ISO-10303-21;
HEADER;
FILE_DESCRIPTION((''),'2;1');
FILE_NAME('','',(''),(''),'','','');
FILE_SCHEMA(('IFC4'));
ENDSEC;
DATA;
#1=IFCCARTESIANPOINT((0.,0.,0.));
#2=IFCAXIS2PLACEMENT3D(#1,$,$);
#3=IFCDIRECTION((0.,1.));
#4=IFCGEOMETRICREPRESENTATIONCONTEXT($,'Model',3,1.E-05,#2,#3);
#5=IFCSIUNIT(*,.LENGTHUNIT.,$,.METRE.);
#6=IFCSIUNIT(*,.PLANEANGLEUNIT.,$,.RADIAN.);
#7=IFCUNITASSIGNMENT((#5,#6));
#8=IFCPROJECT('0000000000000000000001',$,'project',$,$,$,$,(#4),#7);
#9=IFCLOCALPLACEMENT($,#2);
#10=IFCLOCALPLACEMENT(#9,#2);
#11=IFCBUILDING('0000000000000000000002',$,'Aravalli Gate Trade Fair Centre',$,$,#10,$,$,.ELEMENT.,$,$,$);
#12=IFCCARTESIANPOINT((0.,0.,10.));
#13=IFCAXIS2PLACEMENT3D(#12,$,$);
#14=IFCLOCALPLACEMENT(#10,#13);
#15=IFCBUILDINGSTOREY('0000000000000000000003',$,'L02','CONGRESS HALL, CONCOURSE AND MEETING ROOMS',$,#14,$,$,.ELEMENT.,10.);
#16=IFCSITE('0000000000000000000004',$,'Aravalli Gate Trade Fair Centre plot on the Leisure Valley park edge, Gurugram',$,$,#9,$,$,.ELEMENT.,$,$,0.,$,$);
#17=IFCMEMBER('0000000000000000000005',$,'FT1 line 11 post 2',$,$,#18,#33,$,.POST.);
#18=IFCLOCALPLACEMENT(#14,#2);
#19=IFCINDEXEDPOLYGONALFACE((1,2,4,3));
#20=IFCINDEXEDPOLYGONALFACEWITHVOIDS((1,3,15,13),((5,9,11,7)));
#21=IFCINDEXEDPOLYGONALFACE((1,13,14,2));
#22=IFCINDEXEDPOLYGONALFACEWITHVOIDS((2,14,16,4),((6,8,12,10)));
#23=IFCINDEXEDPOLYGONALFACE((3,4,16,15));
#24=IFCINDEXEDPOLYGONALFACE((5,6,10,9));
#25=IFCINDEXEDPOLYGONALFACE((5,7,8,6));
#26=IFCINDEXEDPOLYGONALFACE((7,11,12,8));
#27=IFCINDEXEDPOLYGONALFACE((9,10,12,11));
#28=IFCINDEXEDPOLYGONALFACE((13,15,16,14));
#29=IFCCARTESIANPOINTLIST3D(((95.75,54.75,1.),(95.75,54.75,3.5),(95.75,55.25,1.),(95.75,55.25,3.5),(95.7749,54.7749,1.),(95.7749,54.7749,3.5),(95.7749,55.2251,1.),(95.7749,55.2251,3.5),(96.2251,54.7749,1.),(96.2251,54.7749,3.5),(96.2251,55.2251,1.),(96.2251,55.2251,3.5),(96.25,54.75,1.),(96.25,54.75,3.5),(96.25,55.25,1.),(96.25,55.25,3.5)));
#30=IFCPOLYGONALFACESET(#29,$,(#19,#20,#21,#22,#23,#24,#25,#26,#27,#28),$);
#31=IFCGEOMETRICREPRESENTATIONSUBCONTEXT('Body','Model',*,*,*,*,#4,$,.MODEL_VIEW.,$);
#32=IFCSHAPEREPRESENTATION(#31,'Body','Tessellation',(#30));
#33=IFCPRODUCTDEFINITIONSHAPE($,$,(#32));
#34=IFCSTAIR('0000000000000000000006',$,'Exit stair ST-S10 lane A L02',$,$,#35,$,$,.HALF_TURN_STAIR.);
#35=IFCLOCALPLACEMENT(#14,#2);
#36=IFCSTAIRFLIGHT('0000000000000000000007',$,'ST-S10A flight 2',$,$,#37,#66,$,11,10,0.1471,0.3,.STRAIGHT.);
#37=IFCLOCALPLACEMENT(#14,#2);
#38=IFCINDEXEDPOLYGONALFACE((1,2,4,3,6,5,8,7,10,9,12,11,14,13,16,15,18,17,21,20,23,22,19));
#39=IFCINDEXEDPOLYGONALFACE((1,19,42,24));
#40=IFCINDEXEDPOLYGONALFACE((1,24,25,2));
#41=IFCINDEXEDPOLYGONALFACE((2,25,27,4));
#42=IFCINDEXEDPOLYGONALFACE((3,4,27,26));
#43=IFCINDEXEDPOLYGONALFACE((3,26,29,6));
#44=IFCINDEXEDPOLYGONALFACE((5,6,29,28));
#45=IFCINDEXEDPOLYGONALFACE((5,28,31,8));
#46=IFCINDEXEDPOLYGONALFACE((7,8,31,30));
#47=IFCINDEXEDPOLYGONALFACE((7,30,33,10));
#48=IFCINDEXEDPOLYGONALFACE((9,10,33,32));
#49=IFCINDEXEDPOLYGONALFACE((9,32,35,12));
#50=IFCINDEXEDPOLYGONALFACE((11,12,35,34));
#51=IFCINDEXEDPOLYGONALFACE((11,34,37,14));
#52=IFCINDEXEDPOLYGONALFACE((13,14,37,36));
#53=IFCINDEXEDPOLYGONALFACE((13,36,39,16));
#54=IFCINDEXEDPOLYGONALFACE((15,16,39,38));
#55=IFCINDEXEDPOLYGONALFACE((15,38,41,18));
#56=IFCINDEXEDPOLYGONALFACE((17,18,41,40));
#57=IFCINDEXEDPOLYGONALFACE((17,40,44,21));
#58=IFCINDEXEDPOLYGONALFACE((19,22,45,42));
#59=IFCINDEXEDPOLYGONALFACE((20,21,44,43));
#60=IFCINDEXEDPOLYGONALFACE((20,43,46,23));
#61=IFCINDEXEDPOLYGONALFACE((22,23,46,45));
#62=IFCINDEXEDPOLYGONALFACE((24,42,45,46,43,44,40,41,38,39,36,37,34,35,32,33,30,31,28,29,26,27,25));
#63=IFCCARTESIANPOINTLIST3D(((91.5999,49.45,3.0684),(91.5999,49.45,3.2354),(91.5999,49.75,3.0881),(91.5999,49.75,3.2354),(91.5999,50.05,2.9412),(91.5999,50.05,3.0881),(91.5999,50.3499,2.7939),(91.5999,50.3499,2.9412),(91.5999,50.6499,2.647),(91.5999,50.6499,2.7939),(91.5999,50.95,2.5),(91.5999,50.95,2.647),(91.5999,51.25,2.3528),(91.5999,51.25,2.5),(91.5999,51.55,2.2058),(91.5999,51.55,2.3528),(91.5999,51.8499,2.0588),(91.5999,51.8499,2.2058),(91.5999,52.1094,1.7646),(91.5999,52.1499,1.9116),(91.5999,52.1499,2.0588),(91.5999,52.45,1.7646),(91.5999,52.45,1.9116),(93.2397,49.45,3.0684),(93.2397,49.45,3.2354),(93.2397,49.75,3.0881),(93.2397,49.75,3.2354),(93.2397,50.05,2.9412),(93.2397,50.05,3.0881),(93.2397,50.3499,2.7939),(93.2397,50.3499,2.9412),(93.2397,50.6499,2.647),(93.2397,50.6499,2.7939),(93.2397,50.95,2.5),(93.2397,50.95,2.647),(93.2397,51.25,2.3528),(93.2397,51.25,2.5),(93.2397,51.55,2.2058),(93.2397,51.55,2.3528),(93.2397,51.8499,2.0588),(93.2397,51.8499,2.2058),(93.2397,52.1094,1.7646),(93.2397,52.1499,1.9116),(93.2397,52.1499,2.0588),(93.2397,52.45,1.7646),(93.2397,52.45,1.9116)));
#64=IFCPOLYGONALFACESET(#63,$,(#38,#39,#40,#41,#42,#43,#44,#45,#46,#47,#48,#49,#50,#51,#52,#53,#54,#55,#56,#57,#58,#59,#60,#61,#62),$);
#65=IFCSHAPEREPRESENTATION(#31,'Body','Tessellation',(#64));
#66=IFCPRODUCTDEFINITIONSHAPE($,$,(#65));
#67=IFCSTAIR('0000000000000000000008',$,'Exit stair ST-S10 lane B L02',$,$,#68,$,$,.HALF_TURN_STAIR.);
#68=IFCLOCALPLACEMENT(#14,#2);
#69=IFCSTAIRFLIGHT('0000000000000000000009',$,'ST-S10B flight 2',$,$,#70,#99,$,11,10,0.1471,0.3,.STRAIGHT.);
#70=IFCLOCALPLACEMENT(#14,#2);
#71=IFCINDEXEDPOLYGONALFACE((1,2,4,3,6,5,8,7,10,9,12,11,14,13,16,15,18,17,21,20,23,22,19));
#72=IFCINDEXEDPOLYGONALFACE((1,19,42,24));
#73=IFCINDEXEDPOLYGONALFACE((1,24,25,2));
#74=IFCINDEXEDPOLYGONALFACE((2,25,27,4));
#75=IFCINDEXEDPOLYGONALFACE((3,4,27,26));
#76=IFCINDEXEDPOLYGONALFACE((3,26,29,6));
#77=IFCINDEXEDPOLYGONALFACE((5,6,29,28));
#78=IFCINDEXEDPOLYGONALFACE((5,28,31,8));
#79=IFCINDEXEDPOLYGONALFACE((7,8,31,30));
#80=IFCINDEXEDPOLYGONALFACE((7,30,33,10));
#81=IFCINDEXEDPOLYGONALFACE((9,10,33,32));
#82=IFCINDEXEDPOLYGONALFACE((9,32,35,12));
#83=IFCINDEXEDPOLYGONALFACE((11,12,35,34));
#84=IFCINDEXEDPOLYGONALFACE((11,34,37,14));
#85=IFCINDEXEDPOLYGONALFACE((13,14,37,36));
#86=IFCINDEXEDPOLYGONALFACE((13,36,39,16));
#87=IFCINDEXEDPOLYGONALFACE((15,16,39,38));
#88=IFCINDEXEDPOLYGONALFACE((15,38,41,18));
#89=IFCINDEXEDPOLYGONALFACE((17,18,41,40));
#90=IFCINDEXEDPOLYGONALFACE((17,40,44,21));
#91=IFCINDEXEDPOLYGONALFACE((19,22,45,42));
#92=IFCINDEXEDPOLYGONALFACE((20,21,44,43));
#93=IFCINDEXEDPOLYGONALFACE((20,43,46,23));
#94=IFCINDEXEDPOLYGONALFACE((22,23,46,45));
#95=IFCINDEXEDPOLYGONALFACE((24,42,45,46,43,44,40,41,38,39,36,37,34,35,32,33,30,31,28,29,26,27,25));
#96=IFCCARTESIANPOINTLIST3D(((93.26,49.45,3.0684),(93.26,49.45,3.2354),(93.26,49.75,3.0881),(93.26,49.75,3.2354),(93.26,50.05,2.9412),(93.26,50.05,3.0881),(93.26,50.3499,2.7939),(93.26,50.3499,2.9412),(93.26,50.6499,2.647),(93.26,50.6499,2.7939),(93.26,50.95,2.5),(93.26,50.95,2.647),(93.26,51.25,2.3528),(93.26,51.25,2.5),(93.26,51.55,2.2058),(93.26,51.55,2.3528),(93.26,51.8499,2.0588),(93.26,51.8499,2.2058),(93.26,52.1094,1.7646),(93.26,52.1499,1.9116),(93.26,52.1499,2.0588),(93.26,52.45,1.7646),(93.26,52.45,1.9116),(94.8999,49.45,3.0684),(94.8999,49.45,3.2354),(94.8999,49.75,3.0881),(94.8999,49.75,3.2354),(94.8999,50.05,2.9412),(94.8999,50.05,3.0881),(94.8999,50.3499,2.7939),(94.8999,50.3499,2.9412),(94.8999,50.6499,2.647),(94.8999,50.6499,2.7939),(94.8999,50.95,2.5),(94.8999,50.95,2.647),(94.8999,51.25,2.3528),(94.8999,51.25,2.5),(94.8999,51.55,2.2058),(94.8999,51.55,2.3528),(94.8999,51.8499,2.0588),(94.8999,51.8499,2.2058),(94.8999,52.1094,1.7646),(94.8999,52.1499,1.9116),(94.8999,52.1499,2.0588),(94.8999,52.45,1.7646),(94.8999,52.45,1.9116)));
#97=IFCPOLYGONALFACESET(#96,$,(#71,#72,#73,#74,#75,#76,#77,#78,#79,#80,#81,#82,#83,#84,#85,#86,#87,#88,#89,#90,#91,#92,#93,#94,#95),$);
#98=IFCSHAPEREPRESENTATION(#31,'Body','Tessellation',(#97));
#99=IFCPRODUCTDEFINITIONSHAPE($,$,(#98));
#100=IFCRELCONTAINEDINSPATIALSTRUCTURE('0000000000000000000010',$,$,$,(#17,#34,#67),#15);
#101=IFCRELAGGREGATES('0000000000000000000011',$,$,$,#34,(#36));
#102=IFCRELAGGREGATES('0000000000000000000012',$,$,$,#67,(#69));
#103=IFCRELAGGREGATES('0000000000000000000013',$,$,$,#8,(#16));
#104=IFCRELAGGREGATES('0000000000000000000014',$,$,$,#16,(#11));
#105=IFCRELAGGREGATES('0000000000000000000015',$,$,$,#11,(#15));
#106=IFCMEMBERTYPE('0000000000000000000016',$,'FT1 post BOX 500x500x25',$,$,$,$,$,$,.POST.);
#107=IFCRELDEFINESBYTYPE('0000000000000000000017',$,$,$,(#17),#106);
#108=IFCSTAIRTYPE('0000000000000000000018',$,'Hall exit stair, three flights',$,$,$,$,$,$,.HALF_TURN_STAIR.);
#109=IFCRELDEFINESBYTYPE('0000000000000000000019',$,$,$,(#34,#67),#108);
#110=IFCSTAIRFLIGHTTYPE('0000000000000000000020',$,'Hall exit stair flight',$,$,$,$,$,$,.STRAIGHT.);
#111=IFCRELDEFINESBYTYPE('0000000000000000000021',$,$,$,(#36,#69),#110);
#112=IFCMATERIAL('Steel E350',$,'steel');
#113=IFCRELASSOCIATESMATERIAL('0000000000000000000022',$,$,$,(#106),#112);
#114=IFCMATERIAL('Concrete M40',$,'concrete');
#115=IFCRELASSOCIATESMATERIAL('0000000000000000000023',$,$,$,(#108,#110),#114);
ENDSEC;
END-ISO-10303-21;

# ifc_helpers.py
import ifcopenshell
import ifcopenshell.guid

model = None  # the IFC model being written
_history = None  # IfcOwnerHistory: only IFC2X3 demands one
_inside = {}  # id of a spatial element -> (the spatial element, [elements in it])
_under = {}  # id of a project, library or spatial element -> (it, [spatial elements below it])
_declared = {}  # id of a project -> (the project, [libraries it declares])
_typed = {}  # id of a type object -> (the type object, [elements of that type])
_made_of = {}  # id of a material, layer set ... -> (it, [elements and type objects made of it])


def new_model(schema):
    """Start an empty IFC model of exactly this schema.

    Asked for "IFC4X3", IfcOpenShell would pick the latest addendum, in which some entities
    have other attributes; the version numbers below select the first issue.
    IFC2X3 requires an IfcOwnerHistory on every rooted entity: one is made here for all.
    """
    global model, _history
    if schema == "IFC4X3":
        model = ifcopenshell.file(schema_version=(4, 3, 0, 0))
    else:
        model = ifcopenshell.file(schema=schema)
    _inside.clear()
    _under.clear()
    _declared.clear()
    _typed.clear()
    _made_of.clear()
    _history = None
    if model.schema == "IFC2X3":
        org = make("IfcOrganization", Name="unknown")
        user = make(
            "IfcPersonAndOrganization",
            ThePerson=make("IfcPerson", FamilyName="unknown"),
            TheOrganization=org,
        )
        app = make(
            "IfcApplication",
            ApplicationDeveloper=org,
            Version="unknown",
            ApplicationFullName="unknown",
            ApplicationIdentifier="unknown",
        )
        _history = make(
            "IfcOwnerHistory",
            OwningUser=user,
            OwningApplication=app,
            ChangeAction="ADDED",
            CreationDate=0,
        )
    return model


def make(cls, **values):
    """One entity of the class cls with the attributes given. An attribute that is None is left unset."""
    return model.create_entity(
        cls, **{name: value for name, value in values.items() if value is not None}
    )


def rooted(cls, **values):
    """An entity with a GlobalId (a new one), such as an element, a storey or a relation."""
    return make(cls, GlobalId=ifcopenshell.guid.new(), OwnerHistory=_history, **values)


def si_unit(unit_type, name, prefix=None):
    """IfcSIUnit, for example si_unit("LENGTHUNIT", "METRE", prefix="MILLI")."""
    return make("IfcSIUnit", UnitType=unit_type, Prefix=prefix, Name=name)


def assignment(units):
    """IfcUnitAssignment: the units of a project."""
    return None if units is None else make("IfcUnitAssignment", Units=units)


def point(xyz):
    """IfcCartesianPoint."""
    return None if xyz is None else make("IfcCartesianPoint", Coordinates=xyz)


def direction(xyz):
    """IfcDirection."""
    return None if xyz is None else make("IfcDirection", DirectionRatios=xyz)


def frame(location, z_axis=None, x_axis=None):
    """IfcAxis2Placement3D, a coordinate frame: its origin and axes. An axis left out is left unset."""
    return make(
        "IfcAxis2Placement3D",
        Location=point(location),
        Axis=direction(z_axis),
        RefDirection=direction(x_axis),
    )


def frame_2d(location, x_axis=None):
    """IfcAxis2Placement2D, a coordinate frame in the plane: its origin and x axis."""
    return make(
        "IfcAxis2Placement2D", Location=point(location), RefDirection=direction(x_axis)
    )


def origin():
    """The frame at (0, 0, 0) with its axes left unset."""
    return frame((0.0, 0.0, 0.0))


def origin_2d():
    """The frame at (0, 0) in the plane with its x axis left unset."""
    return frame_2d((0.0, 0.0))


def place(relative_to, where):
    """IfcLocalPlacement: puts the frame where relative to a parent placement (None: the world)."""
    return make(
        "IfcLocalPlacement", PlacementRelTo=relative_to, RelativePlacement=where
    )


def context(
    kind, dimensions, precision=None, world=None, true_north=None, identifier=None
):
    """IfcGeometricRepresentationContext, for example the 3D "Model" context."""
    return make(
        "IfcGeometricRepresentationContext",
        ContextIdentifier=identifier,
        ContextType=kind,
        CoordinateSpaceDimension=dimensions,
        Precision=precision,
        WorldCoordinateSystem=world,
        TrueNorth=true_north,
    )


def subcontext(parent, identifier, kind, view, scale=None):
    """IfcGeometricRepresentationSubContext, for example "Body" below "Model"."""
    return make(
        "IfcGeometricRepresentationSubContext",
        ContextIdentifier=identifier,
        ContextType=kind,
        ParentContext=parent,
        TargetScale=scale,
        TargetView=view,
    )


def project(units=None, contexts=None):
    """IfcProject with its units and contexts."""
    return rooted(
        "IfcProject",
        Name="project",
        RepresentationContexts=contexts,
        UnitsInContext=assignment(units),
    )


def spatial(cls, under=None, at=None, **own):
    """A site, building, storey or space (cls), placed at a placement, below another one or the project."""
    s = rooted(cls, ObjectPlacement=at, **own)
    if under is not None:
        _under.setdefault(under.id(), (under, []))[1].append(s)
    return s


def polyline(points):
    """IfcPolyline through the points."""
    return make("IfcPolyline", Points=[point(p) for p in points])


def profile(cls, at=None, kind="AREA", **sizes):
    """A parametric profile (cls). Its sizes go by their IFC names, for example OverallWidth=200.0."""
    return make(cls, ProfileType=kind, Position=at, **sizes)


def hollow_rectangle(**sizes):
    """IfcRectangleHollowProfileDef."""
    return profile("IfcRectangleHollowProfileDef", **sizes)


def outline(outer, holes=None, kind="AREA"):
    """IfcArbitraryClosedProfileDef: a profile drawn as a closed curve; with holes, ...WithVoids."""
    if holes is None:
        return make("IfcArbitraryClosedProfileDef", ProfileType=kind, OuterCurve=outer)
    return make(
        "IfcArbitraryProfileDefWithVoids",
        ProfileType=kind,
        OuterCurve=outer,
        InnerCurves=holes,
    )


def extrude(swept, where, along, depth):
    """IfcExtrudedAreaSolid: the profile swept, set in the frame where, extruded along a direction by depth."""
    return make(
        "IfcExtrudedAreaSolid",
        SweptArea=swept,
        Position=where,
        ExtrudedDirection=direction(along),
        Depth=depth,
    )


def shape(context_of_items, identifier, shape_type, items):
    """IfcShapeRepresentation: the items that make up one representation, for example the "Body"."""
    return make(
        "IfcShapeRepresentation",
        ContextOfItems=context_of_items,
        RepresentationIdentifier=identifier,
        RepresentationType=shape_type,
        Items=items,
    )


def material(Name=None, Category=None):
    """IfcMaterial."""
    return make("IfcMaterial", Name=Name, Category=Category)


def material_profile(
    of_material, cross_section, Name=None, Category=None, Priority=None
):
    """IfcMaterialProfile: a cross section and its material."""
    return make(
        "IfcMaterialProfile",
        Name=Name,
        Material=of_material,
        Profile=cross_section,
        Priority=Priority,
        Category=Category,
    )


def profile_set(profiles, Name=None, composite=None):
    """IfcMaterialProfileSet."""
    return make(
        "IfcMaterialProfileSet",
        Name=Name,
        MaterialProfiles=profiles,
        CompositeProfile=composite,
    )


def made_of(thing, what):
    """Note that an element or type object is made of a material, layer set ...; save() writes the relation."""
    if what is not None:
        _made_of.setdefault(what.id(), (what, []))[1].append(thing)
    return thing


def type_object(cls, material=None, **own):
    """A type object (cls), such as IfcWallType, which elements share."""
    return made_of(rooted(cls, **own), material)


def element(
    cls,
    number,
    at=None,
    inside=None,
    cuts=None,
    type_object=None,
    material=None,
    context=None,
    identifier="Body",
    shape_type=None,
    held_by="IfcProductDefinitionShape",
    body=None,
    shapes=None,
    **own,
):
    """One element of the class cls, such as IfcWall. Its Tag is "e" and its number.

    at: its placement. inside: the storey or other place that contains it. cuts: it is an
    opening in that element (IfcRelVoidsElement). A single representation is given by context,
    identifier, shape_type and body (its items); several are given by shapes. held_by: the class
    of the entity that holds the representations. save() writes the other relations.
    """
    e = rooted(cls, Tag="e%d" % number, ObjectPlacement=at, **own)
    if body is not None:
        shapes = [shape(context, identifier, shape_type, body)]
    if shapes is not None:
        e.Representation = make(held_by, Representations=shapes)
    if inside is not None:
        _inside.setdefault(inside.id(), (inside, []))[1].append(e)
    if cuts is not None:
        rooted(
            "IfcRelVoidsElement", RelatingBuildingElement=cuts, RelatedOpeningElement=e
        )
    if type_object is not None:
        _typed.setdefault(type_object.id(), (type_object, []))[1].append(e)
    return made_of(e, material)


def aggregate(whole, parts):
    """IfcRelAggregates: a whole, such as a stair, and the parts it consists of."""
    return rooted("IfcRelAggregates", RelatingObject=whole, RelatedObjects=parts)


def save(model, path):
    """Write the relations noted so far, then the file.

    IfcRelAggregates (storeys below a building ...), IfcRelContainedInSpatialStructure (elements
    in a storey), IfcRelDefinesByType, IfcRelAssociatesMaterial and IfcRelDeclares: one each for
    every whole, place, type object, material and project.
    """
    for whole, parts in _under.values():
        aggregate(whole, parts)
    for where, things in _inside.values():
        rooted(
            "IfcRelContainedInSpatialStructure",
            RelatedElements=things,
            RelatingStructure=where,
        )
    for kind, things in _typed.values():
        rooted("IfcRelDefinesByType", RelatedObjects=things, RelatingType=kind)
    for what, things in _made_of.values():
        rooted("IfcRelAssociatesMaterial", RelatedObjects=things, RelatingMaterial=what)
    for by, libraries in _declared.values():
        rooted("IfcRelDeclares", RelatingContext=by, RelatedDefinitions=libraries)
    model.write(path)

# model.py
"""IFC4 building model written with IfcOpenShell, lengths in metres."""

from ifc_helpers import new_model, si_unit, direction, frame, origin, origin_2d, place, context, subcontext, project, spatial, polyline, hollow_rectangle, outline, extrude, material, material_profile, profile_set, type_object, element, aggregate, save


model = new_model("IFC4")

# Units and contexts
model_context = context("Model", 3, precision=1e-05, world=origin(), true_north=direction((0.0, 1.0)))
body_context = subcontext(model_context, "Body", "Model", "MODEL_VIEW")
ifc_project = project(units=[si_unit("LENGTHUNIT", "METRE"), si_unit("PLANEANGLEUNIT", "RADIAN")], contexts=[model_context])

# Site, building, storey
site_placement = place(None, origin())
site = spatial("IfcSite", under=ifc_project, at=site_placement, Name="Aravalli Gate Trade Fair Centre plot on the Leisure Valley park edge, Gurugram", CompositionType="ELEMENT", RefElevation=0.0)
building_placement = place(site_placement, origin())
building = spatial("IfcBuilding", under=site, at=building_placement, Name="Aravalli Gate Trade Fair Centre", CompositionType="ELEMENT")
storey_placement = place(building_placement, frame((0.0, 0.0, 10.0)))
storey = spatial("IfcBuildingStorey", under=building, at=storey_placement, Name="L02", Description="CONGRESS HALL, CONCOURSE AND MEETING ROOMS", CompositionType="ELEMENT", Elevation=10.0)

# Member
ifc_material_1 = material(Name="Steel E350", Category="steel")
ifc_material_profile_1 = material_profile(ifc_material_1, hollow_rectangle(XDim=0.5, YDim=0.5, WallThickness=0.0249, at=origin_2d()), Name="BOX 500x500x25")
ifc_profile_set_1 = profile_set([ifc_material_profile_1], Name="Steel E350")
member_type_1 = type_object("IfcMemberType", Name="FT1 post BOX 500x500x25", PredefinedType="POST", material=ifc_profile_set_1)
for number, where, z_axis, x_axis, name in (
    (1, (96.0, 55.0, 1.0), (0.0, 0.0, 1.0), (1.0, 0.0, 0.0), "FT1 line 11 post 2"),
):
    element("IfcMember", number, at=place(storey_placement, frame(where, z_axis=z_axis, x_axis=x_axis)), inside=storey, type_object=member_type_1, Name=name, PredefinedType="POST", context=body_context, shape_type="SweptSolid", body=[
        extrude(hollow_rectangle(XDim=0.5, YDim=0.5, WallThickness=0.0249, at=origin_2d()), origin(), (0.0, 0.0, 1.0), 2.5),
    ])

# Stairs, stair flights
ifc_material_2 = material(Name="Concrete M40", Category="concrete")
stair_type = type_object("IfcStairType", Name="Hall exit stair, three flights", PredefinedType="HALF_TURN_STAIR", material=ifc_material_2)
stair_1_placement = place(storey_placement, origin())
stair_1 = element("IfcStair", 2, at=stair_1_placement, inside=storey, type_object=stair_type, Name="Exit stair ST-S10 lane A L02", PredefinedType="HALF_TURN_STAIR")
stair_flight_type = type_object("IfcStairFlightType", Name="Hall exit stair flight", PredefinedType="STRAIGHT", material=ifc_material_2)
stair_flight_1_placement = place(storey_placement, frame((92.4199, 52.45, 1.7646), z_axis=(0.0, 0.0, 1.0), x_axis=(0.0, -1.0, 0.0)))
stair_flight_1 = element("IfcStairFlight", 3, at=stair_flight_1_placement, type_object=stair_flight_type, Name="ST-S10A flight 2", NumberOfRisers=11, NumberOfTreads=10, PredefinedType="STRAIGHT", RiserHeight=0.1471, TreadLength=0.3, context=body_context, shape_type="SweptSolid", body=[
    extrude(outline(polyline([(0.0, 0.0), (0.0, 0.147), (0.3, 0.147), (0.3, 0.2942), (0.6001, 0.2942), (0.6001, 0.4412), (0.8999, 0.4412), (0.8999, 0.5881), (1.2, 0.5881), (1.2, 0.7354), (1.5, 0.7354), (1.5, 0.8823), (1.8, 0.8823), (1.8, 1.0293), (2.1001, 1.0293), (2.1001, 1.1765), (2.3999, 1.1765), (2.3999, 1.3235), (2.7, 1.3235), (2.7, 1.4707), (3.0, 1.4707), (3.0, 1.6177), (3.0, 1.3037), (0.3406, 0.0), (0.0, 0.0)])), frame((0.0, 0.8198, 0.0), z_axis=(0.0, -1.0, 0.0), x_axis=(1.0, 0.0, 0.0)), (0.0, 0.0, 1.0), 1.6399),
])
aggregate(stair_1, [stair_flight_1])
stair_2_placement = place(storey_placement, origin())
stair_2 = element("IfcStair", 4, at=stair_2_placement, inside=storey, type_object=stair_type, Name="Exit stair ST-S10 lane B L02", PredefinedType="HALF_TURN_STAIR")
stair_flight_2_placement = place(storey_placement, frame((94.0801, 52.45, 1.7646), z_axis=(0.0, 0.0, 1.0), x_axis=(0.0, -1.0, 0.0)))
stair_flight_2 = element("IfcStairFlight", 5, at=stair_flight_2_placement, type_object=stair_flight_type, Name="ST-S10B flight 2", NumberOfRisers=11, NumberOfTreads=10, PredefinedType="STRAIGHT", RiserHeight=0.1471, TreadLength=0.3, context=body_context, shape_type="SweptSolid", body=[
    extrude(outline(polyline([(0.0, 0.0), (0.0, 0.147), (0.3, 0.147), (0.3, 0.2942), (0.6001, 0.2942), (0.6001, 0.4412), (0.8999, 0.4412), (0.8999, 0.5881), (1.2, 0.5881), (1.2, 0.7354), (1.5, 0.7354), (1.5, 0.8823), (1.8, 0.8823), (1.8, 1.0293), (2.1001, 1.0293), (2.1001, 1.1765), (2.3999, 1.1765), (2.3999, 1.3235), (2.7, 1.3235), (2.7, 1.4707), (3.0, 1.4707), (3.0, 1.6177), (3.0, 1.3037), (0.3406, 0.0), (0.0, 0.0)])), frame((0.0, 0.8198, 0.0), z_axis=(0.0, -1.0, 0.0), x_axis=(1.0, 0.0, 0.0)), (0.0, 0.0, 1.0), 1.6399),
])
aggregate(stair_2, [stair_flight_2])

save(model, "model.ifc")
